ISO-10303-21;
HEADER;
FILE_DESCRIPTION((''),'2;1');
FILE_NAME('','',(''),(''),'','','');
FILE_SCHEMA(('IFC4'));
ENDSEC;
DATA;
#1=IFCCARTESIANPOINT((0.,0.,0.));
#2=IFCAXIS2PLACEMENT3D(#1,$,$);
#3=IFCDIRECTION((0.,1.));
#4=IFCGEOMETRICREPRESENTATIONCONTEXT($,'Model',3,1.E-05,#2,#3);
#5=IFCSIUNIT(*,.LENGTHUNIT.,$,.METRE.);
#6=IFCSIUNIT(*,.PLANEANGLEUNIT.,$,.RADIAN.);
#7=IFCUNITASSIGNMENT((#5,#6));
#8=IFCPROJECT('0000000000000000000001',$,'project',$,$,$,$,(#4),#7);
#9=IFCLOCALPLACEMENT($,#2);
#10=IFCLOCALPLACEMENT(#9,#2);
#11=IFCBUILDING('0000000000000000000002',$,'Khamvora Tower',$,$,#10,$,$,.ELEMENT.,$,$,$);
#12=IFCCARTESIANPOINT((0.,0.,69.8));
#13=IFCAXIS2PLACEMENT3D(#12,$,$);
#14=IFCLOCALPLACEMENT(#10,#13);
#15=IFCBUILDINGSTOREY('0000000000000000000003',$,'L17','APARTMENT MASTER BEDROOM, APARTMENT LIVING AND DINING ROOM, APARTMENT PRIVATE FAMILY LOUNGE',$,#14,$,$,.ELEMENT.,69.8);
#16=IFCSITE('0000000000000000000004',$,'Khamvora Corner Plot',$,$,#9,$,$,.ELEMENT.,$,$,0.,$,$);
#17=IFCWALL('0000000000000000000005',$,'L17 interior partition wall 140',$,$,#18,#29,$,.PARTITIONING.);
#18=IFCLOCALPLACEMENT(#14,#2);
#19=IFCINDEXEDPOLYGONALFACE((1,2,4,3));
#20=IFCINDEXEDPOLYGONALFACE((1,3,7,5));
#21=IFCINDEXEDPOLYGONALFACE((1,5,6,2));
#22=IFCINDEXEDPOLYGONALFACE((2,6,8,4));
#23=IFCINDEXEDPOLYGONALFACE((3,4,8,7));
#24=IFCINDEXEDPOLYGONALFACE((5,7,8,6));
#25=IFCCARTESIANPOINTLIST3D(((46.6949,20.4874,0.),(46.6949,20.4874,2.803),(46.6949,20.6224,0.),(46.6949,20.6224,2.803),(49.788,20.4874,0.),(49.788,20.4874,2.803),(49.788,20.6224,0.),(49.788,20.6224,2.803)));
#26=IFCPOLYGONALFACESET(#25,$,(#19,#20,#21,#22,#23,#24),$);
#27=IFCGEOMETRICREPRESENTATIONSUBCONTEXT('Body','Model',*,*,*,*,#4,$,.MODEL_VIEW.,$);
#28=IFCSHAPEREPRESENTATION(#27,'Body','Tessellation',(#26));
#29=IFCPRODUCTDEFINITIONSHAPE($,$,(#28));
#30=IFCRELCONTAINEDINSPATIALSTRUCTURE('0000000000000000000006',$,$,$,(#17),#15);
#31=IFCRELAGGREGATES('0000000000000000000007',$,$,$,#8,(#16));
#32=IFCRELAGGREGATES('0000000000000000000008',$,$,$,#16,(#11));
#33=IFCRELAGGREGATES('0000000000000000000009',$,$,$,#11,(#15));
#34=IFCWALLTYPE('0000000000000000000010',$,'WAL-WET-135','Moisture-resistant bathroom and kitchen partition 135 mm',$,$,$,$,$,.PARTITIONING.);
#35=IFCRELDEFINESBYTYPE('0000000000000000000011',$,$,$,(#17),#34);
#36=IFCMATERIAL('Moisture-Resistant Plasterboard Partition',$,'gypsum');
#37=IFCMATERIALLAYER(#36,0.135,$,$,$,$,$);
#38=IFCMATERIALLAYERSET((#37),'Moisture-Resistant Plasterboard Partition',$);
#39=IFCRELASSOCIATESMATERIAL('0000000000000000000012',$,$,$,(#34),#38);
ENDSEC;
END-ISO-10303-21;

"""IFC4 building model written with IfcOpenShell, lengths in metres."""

from ifc_helpers import new_model, si_unit, direction, frame, frame_2d, origin, place, context, subcontext, project, spatial, rectangle, extrude, material, layer, layer_set, type_object, element, save


model = new_model("IFC4")

# Units and contexts
model_context = context("Model", 3, precision=1e-05, world=origin(), true_north=direction((0.0, 1.0)))
body_context = subcontext(model_context, "Body", "Model", "MODEL_VIEW")
ifc_project = project(units=[si_unit("LENGTHUNIT", "METRE"), si_unit("PLANEANGLEUNIT", "RADIAN")], contexts=[model_context])

# Site, building, storey
site_placement = place(None, origin())
site = spatial("IfcSite", under=ifc_project, at=site_placement, Name="Khamvora Corner Plot", CompositionType="ELEMENT", RefElevation=0.0)
building_placement = place(site_placement, origin())
building = spatial("IfcBuilding", under=site, at=building_placement, Name="Khamvora Tower", CompositionType="ELEMENT")
storey_placement = place(building_placement, frame((0.0, 0.0, 69.8)))
storey = spatial("IfcBuildingStorey", under=building, at=storey_placement, Name="L17", Description="APARTMENT MASTER BEDROOM, APARTMENT LIVING AND DINING ROOM, APARTMENT PRIVATE FAMILY LOUNGE", CompositionType="ELEMENT", Elevation=69.8)

# Shared definitions
ifc_material_1 = material(Name="Moisture-Resistant Plasterboard Partition", Category="gypsum")
ifc_layer_1 = layer(ifc_material_1, 0.135)
ifc_layer_set_1 = layer_set([ifc_layer_1], Name="Moisture-Resistant Plasterboard Partition")
wall_type_1 = type_object("IfcWallType", Name="WAL-WET-135", Description="Moisture-resistant bathroom and kitchen partition 135 mm", PredefinedType="PARTITIONING", material=ifc_layer_set_1)

# Wall
wall_1_placement = place(storey_placement, frame((46.6951, 20.5549, 0.0), z_axis=(0.0, 0.0, 1.0), x_axis=(1.0, 0.0, 0.0)))
element("IfcWall", 1, at=wall_1_placement, inside=storey, type_object=wall_type_1, Name="L17 interior partition wall 140", PredefinedType="PARTITIONING", context=body_context, shape_type="SweptSolid", body=[
    extrude(rectangle(XDim=3.093, YDim=0.135, at=frame_2d((1.5464, 0.0))), origin(), (0.0, 0.0, 1.0), 2.803),
])

save(model, "model.ifc")
